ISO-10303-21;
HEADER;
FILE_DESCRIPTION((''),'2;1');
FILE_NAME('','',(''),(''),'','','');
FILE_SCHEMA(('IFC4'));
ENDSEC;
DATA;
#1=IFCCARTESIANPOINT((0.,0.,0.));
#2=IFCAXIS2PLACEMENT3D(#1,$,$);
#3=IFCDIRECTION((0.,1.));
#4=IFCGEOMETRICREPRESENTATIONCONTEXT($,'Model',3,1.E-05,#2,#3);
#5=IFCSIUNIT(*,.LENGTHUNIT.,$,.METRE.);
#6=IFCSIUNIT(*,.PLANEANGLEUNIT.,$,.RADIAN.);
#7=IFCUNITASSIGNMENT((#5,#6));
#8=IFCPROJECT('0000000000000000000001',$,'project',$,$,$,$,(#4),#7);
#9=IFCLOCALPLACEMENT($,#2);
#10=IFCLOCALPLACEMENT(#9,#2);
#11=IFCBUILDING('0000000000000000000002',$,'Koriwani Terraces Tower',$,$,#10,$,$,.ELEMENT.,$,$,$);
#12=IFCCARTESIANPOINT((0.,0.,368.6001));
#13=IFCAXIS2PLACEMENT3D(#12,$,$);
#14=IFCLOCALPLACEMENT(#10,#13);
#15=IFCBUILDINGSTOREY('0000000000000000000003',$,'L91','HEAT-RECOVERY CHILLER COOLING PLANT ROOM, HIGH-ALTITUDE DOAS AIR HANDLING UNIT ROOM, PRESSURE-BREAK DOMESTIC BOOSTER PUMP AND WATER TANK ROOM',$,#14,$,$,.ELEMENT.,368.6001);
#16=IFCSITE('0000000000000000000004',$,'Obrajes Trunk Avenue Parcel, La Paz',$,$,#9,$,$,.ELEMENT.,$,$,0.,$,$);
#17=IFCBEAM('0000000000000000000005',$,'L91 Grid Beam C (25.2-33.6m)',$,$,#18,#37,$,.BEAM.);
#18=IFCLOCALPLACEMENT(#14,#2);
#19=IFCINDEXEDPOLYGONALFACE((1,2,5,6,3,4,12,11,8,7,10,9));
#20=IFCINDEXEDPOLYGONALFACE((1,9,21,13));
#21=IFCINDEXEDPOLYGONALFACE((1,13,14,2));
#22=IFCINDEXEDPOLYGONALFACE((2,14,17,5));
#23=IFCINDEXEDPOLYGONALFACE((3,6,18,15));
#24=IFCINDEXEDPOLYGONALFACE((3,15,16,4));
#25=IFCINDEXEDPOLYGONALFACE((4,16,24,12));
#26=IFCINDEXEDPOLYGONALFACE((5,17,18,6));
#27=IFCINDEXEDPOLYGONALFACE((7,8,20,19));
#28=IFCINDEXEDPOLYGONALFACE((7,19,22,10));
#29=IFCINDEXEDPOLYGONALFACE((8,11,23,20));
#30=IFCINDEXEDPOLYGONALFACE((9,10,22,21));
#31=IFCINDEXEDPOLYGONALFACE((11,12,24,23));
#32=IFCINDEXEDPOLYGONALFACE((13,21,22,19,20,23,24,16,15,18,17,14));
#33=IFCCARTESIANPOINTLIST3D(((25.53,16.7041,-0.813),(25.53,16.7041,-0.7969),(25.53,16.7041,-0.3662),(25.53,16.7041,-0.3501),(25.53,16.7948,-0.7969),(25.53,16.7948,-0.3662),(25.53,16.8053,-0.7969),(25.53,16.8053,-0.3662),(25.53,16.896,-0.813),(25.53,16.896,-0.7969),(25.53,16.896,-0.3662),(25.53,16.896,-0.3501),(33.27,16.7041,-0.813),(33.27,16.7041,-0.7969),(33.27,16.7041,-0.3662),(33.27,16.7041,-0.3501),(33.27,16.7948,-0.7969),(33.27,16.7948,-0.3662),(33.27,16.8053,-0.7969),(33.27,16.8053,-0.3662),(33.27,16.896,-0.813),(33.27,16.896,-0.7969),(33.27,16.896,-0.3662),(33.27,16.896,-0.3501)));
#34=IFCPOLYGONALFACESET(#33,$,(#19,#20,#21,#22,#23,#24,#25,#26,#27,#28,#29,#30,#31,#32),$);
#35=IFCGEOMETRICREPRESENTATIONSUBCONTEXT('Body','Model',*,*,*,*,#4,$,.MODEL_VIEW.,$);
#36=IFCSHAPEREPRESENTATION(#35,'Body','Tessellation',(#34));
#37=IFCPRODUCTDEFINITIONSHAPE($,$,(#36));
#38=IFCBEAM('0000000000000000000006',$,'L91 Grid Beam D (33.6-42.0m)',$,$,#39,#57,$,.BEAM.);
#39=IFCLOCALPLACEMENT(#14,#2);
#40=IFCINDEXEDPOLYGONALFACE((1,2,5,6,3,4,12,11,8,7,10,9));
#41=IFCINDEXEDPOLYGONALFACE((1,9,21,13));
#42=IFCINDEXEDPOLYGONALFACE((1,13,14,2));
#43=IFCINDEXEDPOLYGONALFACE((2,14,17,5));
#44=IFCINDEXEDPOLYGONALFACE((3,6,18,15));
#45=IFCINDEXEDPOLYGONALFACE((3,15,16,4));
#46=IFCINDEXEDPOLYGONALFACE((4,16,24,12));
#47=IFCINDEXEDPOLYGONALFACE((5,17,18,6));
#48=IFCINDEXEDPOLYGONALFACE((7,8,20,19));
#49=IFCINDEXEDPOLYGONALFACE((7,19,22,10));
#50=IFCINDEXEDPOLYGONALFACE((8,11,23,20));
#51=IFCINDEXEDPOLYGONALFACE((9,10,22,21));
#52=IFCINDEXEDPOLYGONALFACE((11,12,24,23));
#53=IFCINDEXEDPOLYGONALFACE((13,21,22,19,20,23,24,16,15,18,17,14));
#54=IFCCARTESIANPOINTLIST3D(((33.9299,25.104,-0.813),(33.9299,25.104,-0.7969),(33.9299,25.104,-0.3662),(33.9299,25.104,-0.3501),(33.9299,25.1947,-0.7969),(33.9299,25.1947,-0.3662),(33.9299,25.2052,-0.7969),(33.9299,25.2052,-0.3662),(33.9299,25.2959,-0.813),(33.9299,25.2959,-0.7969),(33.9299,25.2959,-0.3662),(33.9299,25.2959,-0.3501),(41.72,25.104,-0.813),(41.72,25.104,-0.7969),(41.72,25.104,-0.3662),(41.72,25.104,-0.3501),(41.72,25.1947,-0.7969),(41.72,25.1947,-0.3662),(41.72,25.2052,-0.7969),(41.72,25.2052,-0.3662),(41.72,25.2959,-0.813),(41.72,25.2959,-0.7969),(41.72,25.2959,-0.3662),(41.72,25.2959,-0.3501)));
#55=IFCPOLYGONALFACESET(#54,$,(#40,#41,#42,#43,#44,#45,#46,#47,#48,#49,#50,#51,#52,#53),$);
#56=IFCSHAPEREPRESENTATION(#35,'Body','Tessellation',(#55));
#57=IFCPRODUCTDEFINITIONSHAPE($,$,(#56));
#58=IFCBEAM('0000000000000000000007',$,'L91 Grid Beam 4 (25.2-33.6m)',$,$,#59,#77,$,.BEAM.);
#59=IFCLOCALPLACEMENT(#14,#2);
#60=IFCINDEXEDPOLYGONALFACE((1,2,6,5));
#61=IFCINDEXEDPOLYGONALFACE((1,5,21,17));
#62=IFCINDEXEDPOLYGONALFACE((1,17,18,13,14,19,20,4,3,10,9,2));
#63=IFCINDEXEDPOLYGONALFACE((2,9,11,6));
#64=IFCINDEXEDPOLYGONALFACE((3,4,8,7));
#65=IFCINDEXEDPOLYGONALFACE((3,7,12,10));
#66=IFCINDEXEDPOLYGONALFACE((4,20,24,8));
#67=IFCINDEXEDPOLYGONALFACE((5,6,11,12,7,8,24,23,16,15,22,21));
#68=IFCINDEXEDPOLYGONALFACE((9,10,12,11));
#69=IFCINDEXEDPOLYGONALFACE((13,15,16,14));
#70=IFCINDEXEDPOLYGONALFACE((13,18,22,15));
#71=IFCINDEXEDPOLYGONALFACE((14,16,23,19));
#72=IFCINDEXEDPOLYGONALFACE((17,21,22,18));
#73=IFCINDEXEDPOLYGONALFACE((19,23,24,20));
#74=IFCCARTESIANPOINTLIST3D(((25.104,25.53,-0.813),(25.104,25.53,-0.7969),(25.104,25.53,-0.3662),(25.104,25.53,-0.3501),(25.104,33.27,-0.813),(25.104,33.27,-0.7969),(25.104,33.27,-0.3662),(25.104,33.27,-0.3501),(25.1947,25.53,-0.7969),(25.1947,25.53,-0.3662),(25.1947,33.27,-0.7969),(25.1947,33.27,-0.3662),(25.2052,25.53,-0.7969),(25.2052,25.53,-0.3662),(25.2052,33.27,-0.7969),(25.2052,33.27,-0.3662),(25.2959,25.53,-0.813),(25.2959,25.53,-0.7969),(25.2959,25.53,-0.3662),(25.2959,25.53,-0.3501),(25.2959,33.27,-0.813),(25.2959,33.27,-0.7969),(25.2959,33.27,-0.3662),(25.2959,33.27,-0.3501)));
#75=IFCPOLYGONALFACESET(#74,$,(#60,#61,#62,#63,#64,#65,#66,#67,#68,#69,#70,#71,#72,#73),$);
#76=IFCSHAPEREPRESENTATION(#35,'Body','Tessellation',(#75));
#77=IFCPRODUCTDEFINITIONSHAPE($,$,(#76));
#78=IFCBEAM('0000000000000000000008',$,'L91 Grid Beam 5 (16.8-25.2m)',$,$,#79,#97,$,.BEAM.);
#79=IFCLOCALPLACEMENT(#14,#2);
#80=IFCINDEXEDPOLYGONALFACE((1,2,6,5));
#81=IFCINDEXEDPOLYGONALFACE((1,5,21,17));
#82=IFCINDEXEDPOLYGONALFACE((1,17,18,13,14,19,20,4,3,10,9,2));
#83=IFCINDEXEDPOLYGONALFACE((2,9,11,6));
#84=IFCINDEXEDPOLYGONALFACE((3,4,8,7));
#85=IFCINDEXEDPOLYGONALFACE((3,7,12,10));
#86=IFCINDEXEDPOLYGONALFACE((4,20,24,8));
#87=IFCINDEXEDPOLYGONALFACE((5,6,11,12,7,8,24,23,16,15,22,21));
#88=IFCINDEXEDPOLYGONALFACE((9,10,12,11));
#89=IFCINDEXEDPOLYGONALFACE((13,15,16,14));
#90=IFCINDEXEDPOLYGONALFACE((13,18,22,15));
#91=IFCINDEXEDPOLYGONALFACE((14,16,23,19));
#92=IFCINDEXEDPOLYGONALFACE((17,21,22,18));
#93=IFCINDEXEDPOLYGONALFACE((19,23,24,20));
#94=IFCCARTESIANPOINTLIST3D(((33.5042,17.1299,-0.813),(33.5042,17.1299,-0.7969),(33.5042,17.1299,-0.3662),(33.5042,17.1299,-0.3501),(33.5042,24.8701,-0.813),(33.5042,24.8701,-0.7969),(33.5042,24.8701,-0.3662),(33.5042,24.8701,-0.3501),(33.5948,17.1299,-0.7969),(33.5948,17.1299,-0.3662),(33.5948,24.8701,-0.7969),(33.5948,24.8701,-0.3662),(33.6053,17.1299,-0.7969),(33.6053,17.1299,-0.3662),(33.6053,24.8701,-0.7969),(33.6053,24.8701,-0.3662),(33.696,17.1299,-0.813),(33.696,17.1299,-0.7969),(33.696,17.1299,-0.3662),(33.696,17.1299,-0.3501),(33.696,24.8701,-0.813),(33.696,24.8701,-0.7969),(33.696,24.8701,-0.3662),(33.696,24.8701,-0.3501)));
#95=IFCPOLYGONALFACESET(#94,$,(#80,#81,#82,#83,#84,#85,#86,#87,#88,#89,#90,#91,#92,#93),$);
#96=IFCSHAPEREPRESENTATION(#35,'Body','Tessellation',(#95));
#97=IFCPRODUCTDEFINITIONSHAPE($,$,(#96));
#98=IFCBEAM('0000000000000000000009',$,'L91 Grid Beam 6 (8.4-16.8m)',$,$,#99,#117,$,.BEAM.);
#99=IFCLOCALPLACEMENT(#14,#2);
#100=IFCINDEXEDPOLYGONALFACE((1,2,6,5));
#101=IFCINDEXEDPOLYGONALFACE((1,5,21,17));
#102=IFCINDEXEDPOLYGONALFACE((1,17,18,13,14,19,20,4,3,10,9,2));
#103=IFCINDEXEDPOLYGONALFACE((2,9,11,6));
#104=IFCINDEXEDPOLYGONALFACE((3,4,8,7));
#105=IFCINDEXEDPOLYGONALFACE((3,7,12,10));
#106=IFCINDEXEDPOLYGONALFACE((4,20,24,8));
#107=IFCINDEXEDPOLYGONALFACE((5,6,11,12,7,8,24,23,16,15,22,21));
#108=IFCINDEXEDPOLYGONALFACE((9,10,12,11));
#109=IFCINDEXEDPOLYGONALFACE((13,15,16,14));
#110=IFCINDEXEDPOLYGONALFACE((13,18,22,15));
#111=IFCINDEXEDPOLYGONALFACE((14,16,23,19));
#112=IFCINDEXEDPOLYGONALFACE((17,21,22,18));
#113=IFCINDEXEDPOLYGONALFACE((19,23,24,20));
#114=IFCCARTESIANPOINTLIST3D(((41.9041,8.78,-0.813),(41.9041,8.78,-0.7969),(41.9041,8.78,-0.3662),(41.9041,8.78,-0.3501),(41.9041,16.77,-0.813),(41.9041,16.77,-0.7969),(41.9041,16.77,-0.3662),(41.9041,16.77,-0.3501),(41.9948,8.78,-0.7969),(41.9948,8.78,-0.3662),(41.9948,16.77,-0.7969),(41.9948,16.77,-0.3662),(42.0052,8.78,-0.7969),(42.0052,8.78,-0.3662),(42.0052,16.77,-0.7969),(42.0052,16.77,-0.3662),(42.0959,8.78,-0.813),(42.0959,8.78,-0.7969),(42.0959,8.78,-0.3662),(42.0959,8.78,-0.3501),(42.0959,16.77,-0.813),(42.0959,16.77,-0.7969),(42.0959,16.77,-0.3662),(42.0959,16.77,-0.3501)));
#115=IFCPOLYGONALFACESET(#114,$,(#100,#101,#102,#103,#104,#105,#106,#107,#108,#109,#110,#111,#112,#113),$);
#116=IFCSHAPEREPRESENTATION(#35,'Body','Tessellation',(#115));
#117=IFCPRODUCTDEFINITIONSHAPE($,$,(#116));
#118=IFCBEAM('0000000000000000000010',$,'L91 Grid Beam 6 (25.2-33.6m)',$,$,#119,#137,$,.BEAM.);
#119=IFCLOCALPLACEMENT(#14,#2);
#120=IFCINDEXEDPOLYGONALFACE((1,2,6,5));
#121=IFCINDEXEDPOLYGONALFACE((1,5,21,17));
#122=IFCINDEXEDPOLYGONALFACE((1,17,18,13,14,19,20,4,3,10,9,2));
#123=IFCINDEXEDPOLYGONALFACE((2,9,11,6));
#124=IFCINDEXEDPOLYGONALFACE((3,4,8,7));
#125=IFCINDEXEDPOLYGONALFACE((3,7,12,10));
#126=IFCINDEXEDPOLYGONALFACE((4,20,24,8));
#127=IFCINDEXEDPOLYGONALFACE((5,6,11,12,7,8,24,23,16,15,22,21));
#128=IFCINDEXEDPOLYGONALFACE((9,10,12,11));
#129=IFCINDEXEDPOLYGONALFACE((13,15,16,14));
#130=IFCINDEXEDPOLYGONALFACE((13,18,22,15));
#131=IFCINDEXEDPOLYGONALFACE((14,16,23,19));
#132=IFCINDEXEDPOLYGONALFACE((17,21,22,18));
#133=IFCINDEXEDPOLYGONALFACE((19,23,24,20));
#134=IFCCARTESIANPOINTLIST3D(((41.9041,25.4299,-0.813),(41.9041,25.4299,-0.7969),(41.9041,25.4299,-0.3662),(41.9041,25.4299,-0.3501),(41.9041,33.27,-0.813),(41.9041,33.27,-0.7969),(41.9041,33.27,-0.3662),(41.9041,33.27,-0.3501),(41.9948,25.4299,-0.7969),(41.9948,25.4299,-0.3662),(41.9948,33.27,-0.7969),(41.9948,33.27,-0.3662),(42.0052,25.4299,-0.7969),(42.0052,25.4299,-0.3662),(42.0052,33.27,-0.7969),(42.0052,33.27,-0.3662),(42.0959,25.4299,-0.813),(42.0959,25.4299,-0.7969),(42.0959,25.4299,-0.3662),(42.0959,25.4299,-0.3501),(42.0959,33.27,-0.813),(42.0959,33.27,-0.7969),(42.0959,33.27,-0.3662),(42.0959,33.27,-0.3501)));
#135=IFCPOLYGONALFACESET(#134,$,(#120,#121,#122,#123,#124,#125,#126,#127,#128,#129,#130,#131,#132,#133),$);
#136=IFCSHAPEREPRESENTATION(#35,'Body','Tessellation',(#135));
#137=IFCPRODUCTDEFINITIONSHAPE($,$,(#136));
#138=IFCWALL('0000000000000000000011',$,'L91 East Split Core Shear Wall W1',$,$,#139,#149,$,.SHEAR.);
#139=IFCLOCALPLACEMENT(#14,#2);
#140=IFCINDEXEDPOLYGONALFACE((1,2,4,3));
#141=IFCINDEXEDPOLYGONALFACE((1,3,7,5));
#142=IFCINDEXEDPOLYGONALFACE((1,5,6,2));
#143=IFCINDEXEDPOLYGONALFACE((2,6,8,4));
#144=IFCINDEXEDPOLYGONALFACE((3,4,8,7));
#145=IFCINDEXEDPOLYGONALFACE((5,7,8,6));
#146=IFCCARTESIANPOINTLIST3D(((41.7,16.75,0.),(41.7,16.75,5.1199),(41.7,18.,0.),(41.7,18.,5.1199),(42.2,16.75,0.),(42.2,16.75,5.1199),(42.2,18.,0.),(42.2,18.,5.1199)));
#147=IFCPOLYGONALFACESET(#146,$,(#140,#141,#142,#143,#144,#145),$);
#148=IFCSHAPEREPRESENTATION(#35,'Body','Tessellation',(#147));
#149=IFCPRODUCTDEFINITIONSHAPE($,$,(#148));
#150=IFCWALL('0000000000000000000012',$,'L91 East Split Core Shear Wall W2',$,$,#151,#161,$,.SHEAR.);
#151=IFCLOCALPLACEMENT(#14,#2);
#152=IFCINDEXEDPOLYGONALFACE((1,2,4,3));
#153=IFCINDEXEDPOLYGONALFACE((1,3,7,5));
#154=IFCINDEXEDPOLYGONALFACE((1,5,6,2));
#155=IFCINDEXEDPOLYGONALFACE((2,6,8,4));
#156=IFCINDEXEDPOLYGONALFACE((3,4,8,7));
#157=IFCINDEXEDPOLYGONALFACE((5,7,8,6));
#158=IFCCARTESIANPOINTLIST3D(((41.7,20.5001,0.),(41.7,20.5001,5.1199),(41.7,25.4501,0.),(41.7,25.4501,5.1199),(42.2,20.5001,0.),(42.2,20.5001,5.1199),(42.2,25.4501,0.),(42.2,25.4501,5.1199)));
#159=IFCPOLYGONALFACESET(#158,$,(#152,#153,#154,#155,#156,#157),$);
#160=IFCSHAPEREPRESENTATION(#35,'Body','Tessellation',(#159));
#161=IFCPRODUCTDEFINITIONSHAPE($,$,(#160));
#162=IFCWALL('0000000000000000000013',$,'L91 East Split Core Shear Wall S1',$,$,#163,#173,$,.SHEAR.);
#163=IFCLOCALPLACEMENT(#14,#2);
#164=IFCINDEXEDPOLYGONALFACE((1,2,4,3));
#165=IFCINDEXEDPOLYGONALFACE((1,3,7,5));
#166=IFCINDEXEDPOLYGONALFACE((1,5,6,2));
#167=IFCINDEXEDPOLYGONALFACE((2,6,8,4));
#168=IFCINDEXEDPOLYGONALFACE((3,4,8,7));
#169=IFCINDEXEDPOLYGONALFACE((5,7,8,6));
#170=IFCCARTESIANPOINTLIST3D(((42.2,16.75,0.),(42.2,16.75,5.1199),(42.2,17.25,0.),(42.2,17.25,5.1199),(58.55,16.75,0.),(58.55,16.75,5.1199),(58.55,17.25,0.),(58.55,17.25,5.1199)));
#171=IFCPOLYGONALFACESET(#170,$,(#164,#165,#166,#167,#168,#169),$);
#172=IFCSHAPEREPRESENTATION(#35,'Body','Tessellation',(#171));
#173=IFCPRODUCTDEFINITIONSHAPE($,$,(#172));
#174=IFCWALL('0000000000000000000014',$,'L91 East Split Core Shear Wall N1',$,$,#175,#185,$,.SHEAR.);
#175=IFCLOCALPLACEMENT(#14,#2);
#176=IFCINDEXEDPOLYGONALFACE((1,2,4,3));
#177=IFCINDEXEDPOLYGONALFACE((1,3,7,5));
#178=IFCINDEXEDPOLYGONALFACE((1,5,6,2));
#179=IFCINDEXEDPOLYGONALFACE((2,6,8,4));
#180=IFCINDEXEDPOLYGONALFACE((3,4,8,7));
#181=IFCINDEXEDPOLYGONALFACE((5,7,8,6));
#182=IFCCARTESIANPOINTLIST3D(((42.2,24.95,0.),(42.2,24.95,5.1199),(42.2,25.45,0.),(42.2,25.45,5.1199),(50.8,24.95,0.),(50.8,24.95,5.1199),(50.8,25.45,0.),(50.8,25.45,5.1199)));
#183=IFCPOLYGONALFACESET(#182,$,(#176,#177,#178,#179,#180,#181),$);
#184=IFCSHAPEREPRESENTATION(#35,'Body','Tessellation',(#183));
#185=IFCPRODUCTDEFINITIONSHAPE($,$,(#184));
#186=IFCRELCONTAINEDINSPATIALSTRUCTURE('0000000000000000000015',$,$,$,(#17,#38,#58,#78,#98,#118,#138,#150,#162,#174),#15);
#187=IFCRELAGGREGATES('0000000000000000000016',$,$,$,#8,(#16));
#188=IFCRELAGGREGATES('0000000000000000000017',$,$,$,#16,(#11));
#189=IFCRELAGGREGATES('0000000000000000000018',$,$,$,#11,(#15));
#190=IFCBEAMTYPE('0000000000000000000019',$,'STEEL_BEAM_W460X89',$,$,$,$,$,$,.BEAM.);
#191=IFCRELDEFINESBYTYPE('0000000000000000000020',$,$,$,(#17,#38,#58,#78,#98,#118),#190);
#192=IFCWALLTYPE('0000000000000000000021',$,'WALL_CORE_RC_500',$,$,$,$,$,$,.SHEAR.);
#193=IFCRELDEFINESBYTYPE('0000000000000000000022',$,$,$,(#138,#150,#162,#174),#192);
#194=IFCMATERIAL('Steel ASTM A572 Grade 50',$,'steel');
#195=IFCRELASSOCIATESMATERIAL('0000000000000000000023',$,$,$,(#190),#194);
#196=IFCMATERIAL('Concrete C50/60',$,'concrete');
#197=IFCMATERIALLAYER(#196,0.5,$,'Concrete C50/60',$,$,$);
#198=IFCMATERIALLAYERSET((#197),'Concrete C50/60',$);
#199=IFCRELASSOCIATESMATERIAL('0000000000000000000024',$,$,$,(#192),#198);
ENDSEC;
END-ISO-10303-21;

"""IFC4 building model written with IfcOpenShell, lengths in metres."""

from ifc_helpers import new_model, si_unit, direction, frame, frame_2d, origin, origin_2d, place, context, subcontext, project, spatial, rectangle, i_section, extrude, material, layer, layer_set, material_profile, profile_set, type_object, element, save


model = new_model("IFC4")

# Units and contexts
model_context = context("Model", 3, precision=1e-05, world=origin(), true_north=direction((0.0, 1.0)))
body_context = subcontext(model_context, "Body", "Model", "MODEL_VIEW")
ifc_project = project(units=[si_unit("LENGTHUNIT", "METRE"), si_unit("PLANEANGLEUNIT", "RADIAN")], contexts=[model_context])

# Site, building, storey
site_placement = place(None, origin())
site = spatial("IfcSite", under=ifc_project, at=site_placement, Name="Obrajes Trunk Avenue Parcel, La Paz", CompositionType="ELEMENT", RefElevation=0.0)
building_placement = place(site_placement, origin())
building = spatial("IfcBuilding", under=site, at=building_placement, Name="Koriwani Terraces Tower", CompositionType="ELEMENT")
storey_placement = place(building_placement, frame((0.0, 0.0, 368.6001)))
storey = spatial("IfcBuildingStorey", under=building, at=storey_placement, Name="L91", Description="HEAT-RECOVERY CHILLER COOLING PLANT ROOM, HIGH-ALTITUDE DOAS AIR HANDLING UNIT ROOM, PRESSURE-BREAK DOMESTIC BOOSTER PUMP AND WATER TANK ROOM", CompositionType="ELEMENT", Elevation=368.6001)

# Shared definitions
ifc_material_1 = material(Name="Concrete C50/60", Category="concrete")

# Beams
ifc_material_2 = material(Name="Steel ASTM A572 Grade 50", Category="steel")
ifc_material_profile_1 = material_profile(ifc_material_2, i_section(OverallWidth=0.1919, OverallDepth=0.4629, WebThickness=0.0105, FlangeThickness=0.0161, at=origin_2d()), Name="Steel ASTM A572 Grade 50", Category="LoadBearing")
ifc_profile_set_1 = profile_set([ifc_material_profile_1], Name="Steel ASTM A572 Grade 50")
beam_type_1 = type_object("IfcBeamType", Name="STEEL_BEAM_W460X89", PredefinedType="BEAM", material=ifc_profile_set_1)
beam_1_placement = place(storey_placement, frame((25.53, 16.8, -0.5815), z_axis=(1.0, 0.0, 0.0), x_axis=(0.0, 1.0, 0.0)))
element("IfcBeam", 1, at=beam_1_placement, inside=storey, type_object=beam_type_1, Name="L91 Grid Beam C (25.2-33.6m)", PredefinedType="BEAM", context=body_context, shape_type="SweptSolid", body=[
    extrude(i_section(OverallWidth=0.1919, OverallDepth=0.4629, WebThickness=0.0105, FlangeThickness=0.0161, at=origin_2d()), origin(), (0.0, 0.0, 1.0), 7.74),
])
beam_2_placement = place(storey_placement, frame((33.9299, 25.2, -0.5815), z_axis=(1.0, 0.0, 0.0), x_axis=(0.0, 1.0, 0.0)))
element("IfcBeam", 2, at=beam_2_placement, inside=storey, type_object=beam_type_1, Name="L91 Grid Beam D (33.6-42.0m)", PredefinedType="BEAM", context=body_context, shape_type="SweptSolid", body=[
    extrude(i_section(OverallWidth=0.1919, OverallDepth=0.4629, WebThickness=0.0105, FlangeThickness=0.0161, at=origin_2d()), origin(), (0.0, 0.0, 1.0), 7.79),
])
beam_3_placement = place(storey_placement, frame((25.2, 25.53, -0.5815), z_axis=(0.0, 1.0, 0.0), x_axis=(-1.0, 0.0, 0.0)))
element("IfcBeam", 3, at=beam_3_placement, inside=storey, type_object=beam_type_1, Name="L91 Grid Beam 4 (25.2-33.6m)", PredefinedType="BEAM", context=body_context, shape_type="SweptSolid", body=[
    extrude(i_section(OverallWidth=0.1919, OverallDepth=0.4629, WebThickness=0.0105, FlangeThickness=0.0161, at=origin_2d()), origin(), (0.0, 0.0, 1.0), 7.74),
])
beam_4_placement = place(storey_placement, frame((33.6001, 17.1299, -0.5815), z_axis=(0.0, 1.0, 0.0), x_axis=(-1.0, 0.0, 0.0)))
element("IfcBeam", 4, at=beam_4_placement, inside=storey, type_object=beam_type_1, Name="L91 Grid Beam 5 (16.8-25.2m)", PredefinedType="BEAM", context=body_context, shape_type="SweptSolid", body=[
    extrude(i_section(OverallWidth=0.1919, OverallDepth=0.4629, WebThickness=0.0105, FlangeThickness=0.0161, at=origin_2d()), origin(), (0.0, 0.0, 1.0), 7.7402),
])
beam_5_placement = place(storey_placement, frame((42.0, 8.78, -0.5815), z_axis=(0.0, 1.0, 0.0), x_axis=(-1.0, 0.0, 0.0)))
element("IfcBeam", 5, at=beam_5_placement, inside=storey, type_object=beam_type_1, Name="L91 Grid Beam 6 (8.4-16.8m)", PredefinedType="BEAM", context=body_context, shape_type="SweptSolid", body=[
    extrude(i_section(OverallWidth=0.1919, OverallDepth=0.4629, WebThickness=0.0105, FlangeThickness=0.0161, at=origin_2d()), origin(), (0.0, 0.0, 1.0), 7.99),
])
beam_6_placement = place(storey_placement, frame((42.0, 25.4299, -0.5815), z_axis=(0.0, 1.0, 0.0), x_axis=(-1.0, 0.0, 0.0)))
element("IfcBeam", 6, at=beam_6_placement, inside=storey, type_object=beam_type_1, Name="L91 Grid Beam 6 (25.2-33.6m)", PredefinedType="BEAM", context=body_context, shape_type="SweptSolid", body=[
    extrude(i_section(OverallWidth=0.1919, OverallDepth=0.4629, WebThickness=0.0105, FlangeThickness=0.0161, at=origin_2d()), origin(), (0.0, 0.0, 1.0), 7.8401),
])

# Walls
ifc_layer_1 = layer(ifc_material_1, 0.5, Name="Concrete C50/60")
ifc_layer_set_1 = layer_set([ifc_layer_1], Name="Concrete C50/60")
wall_type_1 = type_object("IfcWallType", Name="WALL_CORE_RC_500", PredefinedType="SHEAR", material=ifc_layer_set_1)
wall_1_placement = place(storey_placement, frame((41.95, 16.75, 0.0), z_axis=(0.0, 0.0, 1.0), x_axis=(0.0, 1.0, 0.0)))
element("IfcWall", 7, at=wall_1_placement, inside=storey, type_object=wall_type_1, Name="L91 East Split Core Shear Wall W1", PredefinedType="SHEAR", context=body_context, shape_type="SweptSolid", body=[
    extrude(rectangle(XDim=1.25, YDim=0.5, at=frame_2d((0.625, 0.0))), origin(), (0.0, 0.0, 1.0), 5.1199),
])
wall_2_placement = place(storey_placement, frame((41.95, 20.5, 0.0), z_axis=(0.0, 0.0, 1.0), x_axis=(0.0, 1.0, 0.0)))
element("IfcWall", 8, at=wall_2_placement, inside=storey, type_object=wall_type_1, Name="L91 East Split Core Shear Wall W2", PredefinedType="SHEAR", context=body_context, shape_type="SweptSolid", body=[
    extrude(rectangle(XDim=4.95, YDim=0.5, at=frame_2d((2.4751, 0.0))), origin(), (0.0, 0.0, 1.0), 5.1199),
])
wall_3_placement = place(storey_placement, frame((42.2, 17.0, 0.0), z_axis=(0.0, 0.0, 1.0), x_axis=(1.0, 0.0, 0.0)))
element("IfcWall", 9, at=wall_3_placement, inside=storey, type_object=wall_type_1, Name="L91 East Split Core Shear Wall S1", PredefinedType="SHEAR", context=body_context, shape_type="SweptSolid", body=[
    extrude(rectangle(XDim=16.3501, YDim=0.5, at=frame_2d((8.175, 0.0))), origin(), (0.0, 0.0, 1.0), 5.1199),
])
wall_4_placement = place(storey_placement, frame((42.2, 25.2, 0.0), z_axis=(0.0, 0.0, 1.0), x_axis=(1.0, 0.0, 0.0)))
element("IfcWall", 10, at=wall_4_placement, inside=storey, type_object=wall_type_1, Name="L91 East Split Core Shear Wall N1", PredefinedType="SHEAR", context=body_context, shape_type="SweptSolid", body=[
    extrude(rectangle(XDim=8.6001, YDim=0.5, at=frame_2d((4.3, 0.0))), origin(), (0.0, 0.0, 1.0), 5.1199),
])

save(model, "model.ifc")
